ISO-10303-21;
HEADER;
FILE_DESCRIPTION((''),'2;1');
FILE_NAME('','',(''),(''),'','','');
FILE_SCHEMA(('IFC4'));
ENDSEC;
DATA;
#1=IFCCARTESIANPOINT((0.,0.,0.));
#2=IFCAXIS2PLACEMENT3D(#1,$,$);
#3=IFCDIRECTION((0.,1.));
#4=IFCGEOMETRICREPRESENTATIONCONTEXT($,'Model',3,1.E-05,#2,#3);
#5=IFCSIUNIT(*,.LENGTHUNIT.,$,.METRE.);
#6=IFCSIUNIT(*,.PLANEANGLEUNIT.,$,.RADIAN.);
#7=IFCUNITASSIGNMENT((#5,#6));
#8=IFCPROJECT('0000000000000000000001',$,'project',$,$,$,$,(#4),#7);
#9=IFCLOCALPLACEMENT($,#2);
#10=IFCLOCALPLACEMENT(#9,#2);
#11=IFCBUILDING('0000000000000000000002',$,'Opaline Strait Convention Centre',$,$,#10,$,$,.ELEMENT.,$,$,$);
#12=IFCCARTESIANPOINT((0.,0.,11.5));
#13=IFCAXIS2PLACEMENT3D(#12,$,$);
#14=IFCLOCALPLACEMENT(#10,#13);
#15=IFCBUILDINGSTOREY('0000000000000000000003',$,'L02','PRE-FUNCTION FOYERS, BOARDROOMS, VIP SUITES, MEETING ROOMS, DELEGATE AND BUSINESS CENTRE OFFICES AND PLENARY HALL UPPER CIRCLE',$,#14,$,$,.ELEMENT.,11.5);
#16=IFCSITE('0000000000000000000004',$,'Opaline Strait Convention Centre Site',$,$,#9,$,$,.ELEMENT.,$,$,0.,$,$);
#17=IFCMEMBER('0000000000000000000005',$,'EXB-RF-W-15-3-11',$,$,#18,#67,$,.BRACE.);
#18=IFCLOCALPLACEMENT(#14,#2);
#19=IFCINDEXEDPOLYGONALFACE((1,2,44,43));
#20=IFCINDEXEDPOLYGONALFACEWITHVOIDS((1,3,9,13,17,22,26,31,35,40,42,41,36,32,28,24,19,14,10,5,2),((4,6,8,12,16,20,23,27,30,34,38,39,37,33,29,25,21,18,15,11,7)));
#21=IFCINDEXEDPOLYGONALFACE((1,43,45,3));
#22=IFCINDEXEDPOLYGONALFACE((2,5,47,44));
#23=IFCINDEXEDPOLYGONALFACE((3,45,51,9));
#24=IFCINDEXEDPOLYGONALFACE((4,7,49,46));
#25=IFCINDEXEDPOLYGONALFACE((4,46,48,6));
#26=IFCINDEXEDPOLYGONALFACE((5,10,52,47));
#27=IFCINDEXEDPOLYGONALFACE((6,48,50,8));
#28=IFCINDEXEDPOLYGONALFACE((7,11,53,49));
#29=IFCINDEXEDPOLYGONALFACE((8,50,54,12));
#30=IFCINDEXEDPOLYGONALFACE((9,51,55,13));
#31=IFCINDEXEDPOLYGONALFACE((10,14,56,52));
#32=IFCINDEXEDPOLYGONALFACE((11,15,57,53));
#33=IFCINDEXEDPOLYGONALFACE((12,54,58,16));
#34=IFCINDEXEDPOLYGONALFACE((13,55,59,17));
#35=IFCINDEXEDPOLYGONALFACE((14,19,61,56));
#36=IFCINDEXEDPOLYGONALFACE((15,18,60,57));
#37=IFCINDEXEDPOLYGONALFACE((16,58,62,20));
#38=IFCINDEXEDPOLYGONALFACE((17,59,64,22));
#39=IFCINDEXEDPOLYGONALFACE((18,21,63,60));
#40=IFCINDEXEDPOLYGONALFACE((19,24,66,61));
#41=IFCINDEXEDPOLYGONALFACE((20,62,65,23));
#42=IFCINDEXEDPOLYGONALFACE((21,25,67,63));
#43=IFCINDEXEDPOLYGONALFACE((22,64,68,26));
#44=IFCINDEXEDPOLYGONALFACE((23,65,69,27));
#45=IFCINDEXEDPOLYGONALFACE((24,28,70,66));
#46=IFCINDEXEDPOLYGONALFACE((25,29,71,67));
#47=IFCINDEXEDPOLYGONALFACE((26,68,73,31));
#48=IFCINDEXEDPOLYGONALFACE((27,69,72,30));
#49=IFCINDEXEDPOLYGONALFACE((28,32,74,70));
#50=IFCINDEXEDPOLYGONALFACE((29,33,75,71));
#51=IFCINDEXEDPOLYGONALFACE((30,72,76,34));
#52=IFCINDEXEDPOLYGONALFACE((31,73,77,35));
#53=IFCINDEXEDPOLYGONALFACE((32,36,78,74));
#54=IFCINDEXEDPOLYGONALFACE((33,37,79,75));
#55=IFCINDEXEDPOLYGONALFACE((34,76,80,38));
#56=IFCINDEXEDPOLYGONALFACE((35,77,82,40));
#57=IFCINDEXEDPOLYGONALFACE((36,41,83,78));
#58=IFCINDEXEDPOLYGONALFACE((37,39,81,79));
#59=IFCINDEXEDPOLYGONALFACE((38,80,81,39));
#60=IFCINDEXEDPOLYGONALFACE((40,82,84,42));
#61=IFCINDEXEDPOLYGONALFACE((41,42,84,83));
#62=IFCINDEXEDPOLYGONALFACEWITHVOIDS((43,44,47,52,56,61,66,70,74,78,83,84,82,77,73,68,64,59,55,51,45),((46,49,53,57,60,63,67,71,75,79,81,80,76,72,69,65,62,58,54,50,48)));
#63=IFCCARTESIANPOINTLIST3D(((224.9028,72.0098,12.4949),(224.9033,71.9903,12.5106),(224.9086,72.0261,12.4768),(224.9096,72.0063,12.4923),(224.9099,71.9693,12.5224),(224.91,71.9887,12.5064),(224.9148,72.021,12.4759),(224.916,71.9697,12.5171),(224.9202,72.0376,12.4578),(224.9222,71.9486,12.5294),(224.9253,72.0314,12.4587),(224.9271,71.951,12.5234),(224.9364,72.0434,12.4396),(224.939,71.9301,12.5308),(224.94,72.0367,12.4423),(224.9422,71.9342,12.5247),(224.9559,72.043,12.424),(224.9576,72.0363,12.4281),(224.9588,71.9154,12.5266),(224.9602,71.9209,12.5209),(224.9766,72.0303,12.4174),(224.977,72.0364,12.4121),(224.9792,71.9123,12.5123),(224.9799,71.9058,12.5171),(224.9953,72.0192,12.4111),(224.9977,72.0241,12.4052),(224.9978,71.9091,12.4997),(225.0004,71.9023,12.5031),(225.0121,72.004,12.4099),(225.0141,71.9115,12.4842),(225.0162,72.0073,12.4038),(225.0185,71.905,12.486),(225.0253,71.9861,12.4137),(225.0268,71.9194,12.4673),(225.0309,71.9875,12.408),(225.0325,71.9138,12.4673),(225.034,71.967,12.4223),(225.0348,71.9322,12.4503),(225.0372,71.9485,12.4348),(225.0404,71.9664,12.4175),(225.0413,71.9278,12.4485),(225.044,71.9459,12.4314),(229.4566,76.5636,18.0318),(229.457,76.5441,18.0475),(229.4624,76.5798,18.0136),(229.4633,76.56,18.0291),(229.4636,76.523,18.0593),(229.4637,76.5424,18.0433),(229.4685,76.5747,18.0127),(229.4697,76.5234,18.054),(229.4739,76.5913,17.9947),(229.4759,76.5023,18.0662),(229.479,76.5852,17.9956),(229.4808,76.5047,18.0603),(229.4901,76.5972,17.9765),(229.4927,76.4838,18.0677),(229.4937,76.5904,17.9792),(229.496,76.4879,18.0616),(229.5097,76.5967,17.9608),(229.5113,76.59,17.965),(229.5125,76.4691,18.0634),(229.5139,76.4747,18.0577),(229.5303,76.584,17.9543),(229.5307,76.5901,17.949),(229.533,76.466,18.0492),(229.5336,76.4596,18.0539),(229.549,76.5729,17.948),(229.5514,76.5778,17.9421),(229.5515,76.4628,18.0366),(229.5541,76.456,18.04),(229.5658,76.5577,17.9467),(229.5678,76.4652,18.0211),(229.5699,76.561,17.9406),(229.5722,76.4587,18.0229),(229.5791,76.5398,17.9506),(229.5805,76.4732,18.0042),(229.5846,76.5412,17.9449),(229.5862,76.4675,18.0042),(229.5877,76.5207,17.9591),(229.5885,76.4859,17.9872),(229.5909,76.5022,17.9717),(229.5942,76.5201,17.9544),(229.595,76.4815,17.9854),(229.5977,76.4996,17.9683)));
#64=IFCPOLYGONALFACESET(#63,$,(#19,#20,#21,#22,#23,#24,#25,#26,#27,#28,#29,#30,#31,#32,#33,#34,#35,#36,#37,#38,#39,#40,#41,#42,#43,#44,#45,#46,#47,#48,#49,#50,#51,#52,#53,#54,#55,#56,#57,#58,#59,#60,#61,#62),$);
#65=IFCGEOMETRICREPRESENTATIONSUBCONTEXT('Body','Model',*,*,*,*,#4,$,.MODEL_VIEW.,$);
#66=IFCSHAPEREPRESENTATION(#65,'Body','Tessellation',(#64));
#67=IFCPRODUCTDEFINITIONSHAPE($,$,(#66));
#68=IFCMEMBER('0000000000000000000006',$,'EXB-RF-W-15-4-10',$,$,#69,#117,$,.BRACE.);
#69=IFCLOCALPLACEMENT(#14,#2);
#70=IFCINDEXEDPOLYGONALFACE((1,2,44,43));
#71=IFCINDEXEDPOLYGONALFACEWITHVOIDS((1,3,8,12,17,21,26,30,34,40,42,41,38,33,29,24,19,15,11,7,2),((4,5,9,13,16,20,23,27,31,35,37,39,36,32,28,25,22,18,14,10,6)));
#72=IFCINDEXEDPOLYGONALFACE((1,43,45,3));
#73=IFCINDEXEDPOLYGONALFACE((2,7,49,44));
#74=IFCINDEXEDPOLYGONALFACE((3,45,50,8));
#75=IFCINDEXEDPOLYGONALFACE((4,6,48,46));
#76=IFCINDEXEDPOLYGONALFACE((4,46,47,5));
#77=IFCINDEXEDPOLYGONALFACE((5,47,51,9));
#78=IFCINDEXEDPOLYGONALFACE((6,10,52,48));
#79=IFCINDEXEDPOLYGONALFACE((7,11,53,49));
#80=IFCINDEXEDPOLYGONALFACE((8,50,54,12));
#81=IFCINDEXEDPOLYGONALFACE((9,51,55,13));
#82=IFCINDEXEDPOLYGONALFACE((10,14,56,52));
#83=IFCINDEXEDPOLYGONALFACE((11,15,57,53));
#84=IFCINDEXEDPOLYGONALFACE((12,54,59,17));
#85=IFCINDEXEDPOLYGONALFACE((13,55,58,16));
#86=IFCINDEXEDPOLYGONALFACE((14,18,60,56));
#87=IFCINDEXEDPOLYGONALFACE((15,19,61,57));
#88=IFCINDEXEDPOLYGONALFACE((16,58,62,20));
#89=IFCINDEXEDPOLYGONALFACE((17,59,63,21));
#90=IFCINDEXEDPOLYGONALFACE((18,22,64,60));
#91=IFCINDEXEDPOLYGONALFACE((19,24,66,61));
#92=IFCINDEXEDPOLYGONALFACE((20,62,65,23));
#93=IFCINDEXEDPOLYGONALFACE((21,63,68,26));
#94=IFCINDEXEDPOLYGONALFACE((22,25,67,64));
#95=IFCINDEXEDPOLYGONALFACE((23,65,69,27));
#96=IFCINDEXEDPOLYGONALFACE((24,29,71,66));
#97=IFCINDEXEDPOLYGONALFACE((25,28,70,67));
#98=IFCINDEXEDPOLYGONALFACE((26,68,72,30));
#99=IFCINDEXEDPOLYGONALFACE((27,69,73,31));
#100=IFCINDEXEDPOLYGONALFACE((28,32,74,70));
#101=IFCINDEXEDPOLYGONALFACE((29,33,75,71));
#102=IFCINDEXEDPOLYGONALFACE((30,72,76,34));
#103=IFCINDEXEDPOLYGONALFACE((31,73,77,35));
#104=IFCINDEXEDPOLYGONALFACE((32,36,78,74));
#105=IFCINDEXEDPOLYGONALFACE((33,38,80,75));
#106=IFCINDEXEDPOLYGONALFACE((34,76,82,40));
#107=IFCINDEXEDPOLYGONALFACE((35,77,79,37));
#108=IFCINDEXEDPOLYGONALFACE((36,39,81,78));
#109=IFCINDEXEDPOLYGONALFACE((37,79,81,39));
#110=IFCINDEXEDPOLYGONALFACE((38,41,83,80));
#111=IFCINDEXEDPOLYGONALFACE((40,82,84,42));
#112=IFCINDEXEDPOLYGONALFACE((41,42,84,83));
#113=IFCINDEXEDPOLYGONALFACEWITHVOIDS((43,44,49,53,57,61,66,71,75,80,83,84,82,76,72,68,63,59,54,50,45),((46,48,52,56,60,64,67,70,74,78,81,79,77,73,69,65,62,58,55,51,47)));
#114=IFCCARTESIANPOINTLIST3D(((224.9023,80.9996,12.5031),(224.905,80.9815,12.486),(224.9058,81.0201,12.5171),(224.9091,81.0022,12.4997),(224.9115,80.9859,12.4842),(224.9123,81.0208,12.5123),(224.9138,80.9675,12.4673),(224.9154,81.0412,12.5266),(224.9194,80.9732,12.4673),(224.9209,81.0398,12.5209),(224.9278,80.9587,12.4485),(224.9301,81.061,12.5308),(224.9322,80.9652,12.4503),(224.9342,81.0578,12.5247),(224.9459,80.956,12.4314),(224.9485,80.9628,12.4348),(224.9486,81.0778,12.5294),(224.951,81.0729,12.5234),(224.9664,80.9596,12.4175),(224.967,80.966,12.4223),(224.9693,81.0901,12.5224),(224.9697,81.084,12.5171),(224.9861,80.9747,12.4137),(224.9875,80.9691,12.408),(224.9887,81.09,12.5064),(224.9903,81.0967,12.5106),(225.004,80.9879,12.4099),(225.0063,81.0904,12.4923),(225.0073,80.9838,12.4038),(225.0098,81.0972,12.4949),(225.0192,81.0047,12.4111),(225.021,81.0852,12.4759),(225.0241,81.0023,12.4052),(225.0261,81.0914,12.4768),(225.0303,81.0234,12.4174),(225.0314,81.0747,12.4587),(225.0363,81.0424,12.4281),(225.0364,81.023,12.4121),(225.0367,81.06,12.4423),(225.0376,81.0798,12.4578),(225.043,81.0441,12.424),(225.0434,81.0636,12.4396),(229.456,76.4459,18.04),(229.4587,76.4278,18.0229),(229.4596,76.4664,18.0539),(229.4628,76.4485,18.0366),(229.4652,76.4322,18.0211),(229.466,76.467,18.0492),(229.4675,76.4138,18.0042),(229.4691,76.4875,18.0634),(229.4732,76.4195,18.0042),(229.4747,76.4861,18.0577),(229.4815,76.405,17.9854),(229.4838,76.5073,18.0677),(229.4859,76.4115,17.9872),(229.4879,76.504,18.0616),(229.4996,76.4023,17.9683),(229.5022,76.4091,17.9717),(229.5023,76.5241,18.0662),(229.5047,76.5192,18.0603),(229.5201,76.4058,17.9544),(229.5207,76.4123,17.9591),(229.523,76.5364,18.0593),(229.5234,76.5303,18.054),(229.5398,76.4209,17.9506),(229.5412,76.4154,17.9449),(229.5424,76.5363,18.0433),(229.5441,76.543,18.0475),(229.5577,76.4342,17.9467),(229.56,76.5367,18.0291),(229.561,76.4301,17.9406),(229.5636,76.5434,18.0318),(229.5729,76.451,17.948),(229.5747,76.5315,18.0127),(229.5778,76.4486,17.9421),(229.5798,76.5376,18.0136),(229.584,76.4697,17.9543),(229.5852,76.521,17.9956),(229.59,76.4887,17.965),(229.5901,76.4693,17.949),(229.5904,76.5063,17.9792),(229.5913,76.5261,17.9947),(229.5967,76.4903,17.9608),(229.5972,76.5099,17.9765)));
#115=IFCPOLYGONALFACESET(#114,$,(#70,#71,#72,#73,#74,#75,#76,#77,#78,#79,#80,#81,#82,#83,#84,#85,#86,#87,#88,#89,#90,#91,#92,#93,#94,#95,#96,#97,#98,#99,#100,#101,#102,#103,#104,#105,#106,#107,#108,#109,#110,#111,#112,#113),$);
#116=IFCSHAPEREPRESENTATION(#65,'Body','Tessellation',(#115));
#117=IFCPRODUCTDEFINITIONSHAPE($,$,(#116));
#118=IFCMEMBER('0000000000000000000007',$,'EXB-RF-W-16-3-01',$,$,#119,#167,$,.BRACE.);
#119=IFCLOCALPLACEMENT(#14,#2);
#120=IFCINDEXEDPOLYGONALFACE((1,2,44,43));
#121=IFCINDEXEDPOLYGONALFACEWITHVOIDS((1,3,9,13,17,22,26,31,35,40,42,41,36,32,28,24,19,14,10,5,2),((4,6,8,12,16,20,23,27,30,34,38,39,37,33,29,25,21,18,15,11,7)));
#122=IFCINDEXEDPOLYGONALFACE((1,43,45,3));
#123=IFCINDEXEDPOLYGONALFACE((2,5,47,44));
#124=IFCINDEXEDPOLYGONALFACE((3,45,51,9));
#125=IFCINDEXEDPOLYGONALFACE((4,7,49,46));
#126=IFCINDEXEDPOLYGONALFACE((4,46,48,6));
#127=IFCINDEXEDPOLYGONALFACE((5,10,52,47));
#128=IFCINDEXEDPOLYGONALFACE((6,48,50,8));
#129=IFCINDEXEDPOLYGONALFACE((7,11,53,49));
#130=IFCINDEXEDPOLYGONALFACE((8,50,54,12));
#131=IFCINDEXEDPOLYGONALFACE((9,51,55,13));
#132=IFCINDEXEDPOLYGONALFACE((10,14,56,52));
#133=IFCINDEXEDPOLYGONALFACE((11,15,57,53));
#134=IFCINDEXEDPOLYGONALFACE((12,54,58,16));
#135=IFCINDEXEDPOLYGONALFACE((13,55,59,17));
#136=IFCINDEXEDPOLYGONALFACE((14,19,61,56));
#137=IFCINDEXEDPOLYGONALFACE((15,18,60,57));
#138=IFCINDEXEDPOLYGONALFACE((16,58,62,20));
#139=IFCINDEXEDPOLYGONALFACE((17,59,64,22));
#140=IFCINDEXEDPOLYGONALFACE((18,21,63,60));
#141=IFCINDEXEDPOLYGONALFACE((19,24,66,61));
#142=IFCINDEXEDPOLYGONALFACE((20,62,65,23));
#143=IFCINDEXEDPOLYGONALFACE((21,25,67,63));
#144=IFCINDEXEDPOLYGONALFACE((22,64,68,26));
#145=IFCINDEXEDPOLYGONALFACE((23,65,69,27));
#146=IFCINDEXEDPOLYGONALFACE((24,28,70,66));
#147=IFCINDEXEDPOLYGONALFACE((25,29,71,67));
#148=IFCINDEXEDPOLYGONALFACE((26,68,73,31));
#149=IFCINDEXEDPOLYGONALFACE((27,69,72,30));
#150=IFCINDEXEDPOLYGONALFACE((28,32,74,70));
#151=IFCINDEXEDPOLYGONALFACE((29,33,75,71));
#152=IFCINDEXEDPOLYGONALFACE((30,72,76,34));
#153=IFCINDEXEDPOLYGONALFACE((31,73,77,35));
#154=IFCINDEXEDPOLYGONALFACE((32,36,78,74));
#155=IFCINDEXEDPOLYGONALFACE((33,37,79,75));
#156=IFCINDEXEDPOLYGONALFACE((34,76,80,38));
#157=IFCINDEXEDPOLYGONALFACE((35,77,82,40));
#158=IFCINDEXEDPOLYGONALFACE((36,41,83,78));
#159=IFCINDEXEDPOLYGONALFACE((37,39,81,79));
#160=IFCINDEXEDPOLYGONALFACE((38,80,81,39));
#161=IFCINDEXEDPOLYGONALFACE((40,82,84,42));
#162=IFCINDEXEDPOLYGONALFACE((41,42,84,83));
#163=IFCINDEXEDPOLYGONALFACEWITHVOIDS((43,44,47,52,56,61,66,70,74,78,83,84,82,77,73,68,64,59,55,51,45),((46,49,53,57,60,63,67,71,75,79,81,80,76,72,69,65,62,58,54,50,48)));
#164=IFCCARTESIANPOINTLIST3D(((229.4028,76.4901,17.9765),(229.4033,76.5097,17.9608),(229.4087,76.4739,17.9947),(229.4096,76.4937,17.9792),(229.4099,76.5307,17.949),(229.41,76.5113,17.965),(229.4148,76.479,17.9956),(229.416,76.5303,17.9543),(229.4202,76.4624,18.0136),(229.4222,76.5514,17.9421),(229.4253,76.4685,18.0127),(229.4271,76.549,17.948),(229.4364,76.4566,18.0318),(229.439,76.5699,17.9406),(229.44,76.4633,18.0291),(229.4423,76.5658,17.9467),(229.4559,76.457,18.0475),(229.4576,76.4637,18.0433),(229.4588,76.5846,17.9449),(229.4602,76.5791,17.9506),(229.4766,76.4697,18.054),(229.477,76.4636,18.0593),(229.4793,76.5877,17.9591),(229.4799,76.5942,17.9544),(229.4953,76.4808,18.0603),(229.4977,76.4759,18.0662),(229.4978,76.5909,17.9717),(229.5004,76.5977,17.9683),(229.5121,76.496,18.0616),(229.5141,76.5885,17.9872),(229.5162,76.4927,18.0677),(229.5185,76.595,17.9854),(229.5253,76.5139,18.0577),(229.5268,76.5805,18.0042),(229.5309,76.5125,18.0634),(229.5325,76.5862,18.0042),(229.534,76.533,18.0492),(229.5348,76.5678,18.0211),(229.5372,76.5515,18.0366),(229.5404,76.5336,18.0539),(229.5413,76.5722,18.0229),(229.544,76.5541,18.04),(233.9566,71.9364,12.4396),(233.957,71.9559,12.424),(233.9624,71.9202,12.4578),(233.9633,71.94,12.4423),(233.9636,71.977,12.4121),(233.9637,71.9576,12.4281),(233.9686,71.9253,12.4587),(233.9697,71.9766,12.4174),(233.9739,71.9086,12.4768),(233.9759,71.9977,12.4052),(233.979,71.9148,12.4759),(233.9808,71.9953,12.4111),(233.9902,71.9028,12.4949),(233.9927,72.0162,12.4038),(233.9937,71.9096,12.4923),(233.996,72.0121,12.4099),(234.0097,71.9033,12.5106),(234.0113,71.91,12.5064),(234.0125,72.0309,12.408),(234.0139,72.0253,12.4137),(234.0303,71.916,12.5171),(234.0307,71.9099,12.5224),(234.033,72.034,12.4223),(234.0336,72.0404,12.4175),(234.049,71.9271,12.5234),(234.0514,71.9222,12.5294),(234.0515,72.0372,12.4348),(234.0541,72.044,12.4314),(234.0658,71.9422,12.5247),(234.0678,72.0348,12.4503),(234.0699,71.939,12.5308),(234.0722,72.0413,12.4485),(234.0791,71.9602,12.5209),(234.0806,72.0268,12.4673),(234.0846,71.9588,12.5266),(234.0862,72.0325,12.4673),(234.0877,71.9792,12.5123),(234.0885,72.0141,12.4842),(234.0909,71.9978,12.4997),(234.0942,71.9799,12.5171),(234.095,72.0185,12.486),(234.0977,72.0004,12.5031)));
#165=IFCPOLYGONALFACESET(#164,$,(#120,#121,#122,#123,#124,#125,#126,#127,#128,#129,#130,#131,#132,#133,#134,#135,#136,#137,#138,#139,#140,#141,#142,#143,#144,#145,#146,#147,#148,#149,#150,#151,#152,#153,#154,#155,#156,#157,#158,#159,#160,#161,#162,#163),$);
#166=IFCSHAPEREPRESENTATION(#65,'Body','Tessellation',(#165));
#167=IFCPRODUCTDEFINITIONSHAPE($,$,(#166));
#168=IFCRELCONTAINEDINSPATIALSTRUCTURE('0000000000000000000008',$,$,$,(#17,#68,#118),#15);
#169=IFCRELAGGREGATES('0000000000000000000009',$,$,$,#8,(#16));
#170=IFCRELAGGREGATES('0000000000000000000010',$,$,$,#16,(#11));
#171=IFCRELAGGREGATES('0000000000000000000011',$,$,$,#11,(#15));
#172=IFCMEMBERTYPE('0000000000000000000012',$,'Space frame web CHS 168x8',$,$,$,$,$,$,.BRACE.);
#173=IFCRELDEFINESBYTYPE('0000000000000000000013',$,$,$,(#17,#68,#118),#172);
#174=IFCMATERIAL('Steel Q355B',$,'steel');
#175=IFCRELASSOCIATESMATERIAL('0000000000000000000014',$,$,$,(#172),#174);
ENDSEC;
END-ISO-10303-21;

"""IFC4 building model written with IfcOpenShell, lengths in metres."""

from ifc_helpers import new_model, si_unit, direction, frame, origin, origin_2d, place, context, subcontext, project, spatial, hollow_circle, extrude, material, material_profile, profile_set, type_object, element, save


model = new_model("IFC4")

# Units and contexts
model_context = context("Model", 3, precision=1e-05, world=origin(), true_north=direction((0.0, 1.0)))
body_context = subcontext(model_context, "Body", "Model", "MODEL_VIEW")
ifc_project = project(units=[si_unit("LENGTHUNIT", "METRE"), si_unit("PLANEANGLEUNIT", "RADIAN")], contexts=[model_context])

# Site, building, storey
site_placement = place(None, origin())
site = spatial("IfcSite", under=ifc_project, at=site_placement, Name="Opaline Strait Convention Centre Site", CompositionType="ELEMENT", RefElevation=0.0)
building_placement = place(site_placement, origin())
building = spatial("IfcBuilding", under=site, at=building_placement, Name="Opaline Strait Convention Centre", CompositionType="ELEMENT")
storey_placement = place(building_placement, frame((0.0, 0.0, 11.5)))
storey = spatial("IfcBuildingStorey", under=building, at=storey_placement, Name="L02", Description="PRE-FUNCTION FOYERS, BOARDROOMS, VIP SUITES, MEETING ROOMS, DELEGATE AND BUSINESS CENTRE OFFICES AND PLENARY HALL UPPER CIRCLE", CompositionType="ELEMENT", Elevation=11.5)

# Members
ifc_material = material(Name="Steel Q355B", Category="steel")
ifc_material_profile_1 = material_profile(ifc_material, hollow_circle(Radius=0.084, WallThickness=0.0081, at=origin_2d()), Name="CHS 168x8")
ifc_profile_set_1 = profile_set([ifc_material_profile_1], Name="Steel Q355B")
member_type_1 = type_object("IfcMemberType", Name="Space frame web CHS 168x8", PredefinedType="BRACE", material=ifc_profile_set_1)
for number, where, z_axis, x_axis, name in (
    (1, (229.5269, 76.5269, 18.0042), (-0.536178, -0.536178, -0.65194), (0.707107, -0.707107, 0.0), "EXB-RF-W-15-3-11"),
    (2, (229.5269, 76.4731, 18.0042), (-0.536178, 0.536178, -0.65194), (-0.707107, -0.707107, 0.0), "EXB-RF-W-15-4-10"),
    (3, (229.4731, 76.5269, 18.0042), (0.536178, -0.536178, -0.65194), (0.707107, 0.707107, 0.0), "EXB-RF-W-16-3-01"),
):
    element("IfcMember", number, at=place(storey_placement, frame(where, z_axis=z_axis, x_axis=x_axis)), inside=storey, type_object=member_type_1, Name=name, PredefinedType="BRACE", context=body_context, shape_type="SweptSolid", body=[
        extrude(hollow_circle(Radius=0.084, WallThickness=0.0081, at=origin_2d()), origin(), (0.0, 0.0, 1.0), 8.4929),
    ])

save(model, "model.ifc")
